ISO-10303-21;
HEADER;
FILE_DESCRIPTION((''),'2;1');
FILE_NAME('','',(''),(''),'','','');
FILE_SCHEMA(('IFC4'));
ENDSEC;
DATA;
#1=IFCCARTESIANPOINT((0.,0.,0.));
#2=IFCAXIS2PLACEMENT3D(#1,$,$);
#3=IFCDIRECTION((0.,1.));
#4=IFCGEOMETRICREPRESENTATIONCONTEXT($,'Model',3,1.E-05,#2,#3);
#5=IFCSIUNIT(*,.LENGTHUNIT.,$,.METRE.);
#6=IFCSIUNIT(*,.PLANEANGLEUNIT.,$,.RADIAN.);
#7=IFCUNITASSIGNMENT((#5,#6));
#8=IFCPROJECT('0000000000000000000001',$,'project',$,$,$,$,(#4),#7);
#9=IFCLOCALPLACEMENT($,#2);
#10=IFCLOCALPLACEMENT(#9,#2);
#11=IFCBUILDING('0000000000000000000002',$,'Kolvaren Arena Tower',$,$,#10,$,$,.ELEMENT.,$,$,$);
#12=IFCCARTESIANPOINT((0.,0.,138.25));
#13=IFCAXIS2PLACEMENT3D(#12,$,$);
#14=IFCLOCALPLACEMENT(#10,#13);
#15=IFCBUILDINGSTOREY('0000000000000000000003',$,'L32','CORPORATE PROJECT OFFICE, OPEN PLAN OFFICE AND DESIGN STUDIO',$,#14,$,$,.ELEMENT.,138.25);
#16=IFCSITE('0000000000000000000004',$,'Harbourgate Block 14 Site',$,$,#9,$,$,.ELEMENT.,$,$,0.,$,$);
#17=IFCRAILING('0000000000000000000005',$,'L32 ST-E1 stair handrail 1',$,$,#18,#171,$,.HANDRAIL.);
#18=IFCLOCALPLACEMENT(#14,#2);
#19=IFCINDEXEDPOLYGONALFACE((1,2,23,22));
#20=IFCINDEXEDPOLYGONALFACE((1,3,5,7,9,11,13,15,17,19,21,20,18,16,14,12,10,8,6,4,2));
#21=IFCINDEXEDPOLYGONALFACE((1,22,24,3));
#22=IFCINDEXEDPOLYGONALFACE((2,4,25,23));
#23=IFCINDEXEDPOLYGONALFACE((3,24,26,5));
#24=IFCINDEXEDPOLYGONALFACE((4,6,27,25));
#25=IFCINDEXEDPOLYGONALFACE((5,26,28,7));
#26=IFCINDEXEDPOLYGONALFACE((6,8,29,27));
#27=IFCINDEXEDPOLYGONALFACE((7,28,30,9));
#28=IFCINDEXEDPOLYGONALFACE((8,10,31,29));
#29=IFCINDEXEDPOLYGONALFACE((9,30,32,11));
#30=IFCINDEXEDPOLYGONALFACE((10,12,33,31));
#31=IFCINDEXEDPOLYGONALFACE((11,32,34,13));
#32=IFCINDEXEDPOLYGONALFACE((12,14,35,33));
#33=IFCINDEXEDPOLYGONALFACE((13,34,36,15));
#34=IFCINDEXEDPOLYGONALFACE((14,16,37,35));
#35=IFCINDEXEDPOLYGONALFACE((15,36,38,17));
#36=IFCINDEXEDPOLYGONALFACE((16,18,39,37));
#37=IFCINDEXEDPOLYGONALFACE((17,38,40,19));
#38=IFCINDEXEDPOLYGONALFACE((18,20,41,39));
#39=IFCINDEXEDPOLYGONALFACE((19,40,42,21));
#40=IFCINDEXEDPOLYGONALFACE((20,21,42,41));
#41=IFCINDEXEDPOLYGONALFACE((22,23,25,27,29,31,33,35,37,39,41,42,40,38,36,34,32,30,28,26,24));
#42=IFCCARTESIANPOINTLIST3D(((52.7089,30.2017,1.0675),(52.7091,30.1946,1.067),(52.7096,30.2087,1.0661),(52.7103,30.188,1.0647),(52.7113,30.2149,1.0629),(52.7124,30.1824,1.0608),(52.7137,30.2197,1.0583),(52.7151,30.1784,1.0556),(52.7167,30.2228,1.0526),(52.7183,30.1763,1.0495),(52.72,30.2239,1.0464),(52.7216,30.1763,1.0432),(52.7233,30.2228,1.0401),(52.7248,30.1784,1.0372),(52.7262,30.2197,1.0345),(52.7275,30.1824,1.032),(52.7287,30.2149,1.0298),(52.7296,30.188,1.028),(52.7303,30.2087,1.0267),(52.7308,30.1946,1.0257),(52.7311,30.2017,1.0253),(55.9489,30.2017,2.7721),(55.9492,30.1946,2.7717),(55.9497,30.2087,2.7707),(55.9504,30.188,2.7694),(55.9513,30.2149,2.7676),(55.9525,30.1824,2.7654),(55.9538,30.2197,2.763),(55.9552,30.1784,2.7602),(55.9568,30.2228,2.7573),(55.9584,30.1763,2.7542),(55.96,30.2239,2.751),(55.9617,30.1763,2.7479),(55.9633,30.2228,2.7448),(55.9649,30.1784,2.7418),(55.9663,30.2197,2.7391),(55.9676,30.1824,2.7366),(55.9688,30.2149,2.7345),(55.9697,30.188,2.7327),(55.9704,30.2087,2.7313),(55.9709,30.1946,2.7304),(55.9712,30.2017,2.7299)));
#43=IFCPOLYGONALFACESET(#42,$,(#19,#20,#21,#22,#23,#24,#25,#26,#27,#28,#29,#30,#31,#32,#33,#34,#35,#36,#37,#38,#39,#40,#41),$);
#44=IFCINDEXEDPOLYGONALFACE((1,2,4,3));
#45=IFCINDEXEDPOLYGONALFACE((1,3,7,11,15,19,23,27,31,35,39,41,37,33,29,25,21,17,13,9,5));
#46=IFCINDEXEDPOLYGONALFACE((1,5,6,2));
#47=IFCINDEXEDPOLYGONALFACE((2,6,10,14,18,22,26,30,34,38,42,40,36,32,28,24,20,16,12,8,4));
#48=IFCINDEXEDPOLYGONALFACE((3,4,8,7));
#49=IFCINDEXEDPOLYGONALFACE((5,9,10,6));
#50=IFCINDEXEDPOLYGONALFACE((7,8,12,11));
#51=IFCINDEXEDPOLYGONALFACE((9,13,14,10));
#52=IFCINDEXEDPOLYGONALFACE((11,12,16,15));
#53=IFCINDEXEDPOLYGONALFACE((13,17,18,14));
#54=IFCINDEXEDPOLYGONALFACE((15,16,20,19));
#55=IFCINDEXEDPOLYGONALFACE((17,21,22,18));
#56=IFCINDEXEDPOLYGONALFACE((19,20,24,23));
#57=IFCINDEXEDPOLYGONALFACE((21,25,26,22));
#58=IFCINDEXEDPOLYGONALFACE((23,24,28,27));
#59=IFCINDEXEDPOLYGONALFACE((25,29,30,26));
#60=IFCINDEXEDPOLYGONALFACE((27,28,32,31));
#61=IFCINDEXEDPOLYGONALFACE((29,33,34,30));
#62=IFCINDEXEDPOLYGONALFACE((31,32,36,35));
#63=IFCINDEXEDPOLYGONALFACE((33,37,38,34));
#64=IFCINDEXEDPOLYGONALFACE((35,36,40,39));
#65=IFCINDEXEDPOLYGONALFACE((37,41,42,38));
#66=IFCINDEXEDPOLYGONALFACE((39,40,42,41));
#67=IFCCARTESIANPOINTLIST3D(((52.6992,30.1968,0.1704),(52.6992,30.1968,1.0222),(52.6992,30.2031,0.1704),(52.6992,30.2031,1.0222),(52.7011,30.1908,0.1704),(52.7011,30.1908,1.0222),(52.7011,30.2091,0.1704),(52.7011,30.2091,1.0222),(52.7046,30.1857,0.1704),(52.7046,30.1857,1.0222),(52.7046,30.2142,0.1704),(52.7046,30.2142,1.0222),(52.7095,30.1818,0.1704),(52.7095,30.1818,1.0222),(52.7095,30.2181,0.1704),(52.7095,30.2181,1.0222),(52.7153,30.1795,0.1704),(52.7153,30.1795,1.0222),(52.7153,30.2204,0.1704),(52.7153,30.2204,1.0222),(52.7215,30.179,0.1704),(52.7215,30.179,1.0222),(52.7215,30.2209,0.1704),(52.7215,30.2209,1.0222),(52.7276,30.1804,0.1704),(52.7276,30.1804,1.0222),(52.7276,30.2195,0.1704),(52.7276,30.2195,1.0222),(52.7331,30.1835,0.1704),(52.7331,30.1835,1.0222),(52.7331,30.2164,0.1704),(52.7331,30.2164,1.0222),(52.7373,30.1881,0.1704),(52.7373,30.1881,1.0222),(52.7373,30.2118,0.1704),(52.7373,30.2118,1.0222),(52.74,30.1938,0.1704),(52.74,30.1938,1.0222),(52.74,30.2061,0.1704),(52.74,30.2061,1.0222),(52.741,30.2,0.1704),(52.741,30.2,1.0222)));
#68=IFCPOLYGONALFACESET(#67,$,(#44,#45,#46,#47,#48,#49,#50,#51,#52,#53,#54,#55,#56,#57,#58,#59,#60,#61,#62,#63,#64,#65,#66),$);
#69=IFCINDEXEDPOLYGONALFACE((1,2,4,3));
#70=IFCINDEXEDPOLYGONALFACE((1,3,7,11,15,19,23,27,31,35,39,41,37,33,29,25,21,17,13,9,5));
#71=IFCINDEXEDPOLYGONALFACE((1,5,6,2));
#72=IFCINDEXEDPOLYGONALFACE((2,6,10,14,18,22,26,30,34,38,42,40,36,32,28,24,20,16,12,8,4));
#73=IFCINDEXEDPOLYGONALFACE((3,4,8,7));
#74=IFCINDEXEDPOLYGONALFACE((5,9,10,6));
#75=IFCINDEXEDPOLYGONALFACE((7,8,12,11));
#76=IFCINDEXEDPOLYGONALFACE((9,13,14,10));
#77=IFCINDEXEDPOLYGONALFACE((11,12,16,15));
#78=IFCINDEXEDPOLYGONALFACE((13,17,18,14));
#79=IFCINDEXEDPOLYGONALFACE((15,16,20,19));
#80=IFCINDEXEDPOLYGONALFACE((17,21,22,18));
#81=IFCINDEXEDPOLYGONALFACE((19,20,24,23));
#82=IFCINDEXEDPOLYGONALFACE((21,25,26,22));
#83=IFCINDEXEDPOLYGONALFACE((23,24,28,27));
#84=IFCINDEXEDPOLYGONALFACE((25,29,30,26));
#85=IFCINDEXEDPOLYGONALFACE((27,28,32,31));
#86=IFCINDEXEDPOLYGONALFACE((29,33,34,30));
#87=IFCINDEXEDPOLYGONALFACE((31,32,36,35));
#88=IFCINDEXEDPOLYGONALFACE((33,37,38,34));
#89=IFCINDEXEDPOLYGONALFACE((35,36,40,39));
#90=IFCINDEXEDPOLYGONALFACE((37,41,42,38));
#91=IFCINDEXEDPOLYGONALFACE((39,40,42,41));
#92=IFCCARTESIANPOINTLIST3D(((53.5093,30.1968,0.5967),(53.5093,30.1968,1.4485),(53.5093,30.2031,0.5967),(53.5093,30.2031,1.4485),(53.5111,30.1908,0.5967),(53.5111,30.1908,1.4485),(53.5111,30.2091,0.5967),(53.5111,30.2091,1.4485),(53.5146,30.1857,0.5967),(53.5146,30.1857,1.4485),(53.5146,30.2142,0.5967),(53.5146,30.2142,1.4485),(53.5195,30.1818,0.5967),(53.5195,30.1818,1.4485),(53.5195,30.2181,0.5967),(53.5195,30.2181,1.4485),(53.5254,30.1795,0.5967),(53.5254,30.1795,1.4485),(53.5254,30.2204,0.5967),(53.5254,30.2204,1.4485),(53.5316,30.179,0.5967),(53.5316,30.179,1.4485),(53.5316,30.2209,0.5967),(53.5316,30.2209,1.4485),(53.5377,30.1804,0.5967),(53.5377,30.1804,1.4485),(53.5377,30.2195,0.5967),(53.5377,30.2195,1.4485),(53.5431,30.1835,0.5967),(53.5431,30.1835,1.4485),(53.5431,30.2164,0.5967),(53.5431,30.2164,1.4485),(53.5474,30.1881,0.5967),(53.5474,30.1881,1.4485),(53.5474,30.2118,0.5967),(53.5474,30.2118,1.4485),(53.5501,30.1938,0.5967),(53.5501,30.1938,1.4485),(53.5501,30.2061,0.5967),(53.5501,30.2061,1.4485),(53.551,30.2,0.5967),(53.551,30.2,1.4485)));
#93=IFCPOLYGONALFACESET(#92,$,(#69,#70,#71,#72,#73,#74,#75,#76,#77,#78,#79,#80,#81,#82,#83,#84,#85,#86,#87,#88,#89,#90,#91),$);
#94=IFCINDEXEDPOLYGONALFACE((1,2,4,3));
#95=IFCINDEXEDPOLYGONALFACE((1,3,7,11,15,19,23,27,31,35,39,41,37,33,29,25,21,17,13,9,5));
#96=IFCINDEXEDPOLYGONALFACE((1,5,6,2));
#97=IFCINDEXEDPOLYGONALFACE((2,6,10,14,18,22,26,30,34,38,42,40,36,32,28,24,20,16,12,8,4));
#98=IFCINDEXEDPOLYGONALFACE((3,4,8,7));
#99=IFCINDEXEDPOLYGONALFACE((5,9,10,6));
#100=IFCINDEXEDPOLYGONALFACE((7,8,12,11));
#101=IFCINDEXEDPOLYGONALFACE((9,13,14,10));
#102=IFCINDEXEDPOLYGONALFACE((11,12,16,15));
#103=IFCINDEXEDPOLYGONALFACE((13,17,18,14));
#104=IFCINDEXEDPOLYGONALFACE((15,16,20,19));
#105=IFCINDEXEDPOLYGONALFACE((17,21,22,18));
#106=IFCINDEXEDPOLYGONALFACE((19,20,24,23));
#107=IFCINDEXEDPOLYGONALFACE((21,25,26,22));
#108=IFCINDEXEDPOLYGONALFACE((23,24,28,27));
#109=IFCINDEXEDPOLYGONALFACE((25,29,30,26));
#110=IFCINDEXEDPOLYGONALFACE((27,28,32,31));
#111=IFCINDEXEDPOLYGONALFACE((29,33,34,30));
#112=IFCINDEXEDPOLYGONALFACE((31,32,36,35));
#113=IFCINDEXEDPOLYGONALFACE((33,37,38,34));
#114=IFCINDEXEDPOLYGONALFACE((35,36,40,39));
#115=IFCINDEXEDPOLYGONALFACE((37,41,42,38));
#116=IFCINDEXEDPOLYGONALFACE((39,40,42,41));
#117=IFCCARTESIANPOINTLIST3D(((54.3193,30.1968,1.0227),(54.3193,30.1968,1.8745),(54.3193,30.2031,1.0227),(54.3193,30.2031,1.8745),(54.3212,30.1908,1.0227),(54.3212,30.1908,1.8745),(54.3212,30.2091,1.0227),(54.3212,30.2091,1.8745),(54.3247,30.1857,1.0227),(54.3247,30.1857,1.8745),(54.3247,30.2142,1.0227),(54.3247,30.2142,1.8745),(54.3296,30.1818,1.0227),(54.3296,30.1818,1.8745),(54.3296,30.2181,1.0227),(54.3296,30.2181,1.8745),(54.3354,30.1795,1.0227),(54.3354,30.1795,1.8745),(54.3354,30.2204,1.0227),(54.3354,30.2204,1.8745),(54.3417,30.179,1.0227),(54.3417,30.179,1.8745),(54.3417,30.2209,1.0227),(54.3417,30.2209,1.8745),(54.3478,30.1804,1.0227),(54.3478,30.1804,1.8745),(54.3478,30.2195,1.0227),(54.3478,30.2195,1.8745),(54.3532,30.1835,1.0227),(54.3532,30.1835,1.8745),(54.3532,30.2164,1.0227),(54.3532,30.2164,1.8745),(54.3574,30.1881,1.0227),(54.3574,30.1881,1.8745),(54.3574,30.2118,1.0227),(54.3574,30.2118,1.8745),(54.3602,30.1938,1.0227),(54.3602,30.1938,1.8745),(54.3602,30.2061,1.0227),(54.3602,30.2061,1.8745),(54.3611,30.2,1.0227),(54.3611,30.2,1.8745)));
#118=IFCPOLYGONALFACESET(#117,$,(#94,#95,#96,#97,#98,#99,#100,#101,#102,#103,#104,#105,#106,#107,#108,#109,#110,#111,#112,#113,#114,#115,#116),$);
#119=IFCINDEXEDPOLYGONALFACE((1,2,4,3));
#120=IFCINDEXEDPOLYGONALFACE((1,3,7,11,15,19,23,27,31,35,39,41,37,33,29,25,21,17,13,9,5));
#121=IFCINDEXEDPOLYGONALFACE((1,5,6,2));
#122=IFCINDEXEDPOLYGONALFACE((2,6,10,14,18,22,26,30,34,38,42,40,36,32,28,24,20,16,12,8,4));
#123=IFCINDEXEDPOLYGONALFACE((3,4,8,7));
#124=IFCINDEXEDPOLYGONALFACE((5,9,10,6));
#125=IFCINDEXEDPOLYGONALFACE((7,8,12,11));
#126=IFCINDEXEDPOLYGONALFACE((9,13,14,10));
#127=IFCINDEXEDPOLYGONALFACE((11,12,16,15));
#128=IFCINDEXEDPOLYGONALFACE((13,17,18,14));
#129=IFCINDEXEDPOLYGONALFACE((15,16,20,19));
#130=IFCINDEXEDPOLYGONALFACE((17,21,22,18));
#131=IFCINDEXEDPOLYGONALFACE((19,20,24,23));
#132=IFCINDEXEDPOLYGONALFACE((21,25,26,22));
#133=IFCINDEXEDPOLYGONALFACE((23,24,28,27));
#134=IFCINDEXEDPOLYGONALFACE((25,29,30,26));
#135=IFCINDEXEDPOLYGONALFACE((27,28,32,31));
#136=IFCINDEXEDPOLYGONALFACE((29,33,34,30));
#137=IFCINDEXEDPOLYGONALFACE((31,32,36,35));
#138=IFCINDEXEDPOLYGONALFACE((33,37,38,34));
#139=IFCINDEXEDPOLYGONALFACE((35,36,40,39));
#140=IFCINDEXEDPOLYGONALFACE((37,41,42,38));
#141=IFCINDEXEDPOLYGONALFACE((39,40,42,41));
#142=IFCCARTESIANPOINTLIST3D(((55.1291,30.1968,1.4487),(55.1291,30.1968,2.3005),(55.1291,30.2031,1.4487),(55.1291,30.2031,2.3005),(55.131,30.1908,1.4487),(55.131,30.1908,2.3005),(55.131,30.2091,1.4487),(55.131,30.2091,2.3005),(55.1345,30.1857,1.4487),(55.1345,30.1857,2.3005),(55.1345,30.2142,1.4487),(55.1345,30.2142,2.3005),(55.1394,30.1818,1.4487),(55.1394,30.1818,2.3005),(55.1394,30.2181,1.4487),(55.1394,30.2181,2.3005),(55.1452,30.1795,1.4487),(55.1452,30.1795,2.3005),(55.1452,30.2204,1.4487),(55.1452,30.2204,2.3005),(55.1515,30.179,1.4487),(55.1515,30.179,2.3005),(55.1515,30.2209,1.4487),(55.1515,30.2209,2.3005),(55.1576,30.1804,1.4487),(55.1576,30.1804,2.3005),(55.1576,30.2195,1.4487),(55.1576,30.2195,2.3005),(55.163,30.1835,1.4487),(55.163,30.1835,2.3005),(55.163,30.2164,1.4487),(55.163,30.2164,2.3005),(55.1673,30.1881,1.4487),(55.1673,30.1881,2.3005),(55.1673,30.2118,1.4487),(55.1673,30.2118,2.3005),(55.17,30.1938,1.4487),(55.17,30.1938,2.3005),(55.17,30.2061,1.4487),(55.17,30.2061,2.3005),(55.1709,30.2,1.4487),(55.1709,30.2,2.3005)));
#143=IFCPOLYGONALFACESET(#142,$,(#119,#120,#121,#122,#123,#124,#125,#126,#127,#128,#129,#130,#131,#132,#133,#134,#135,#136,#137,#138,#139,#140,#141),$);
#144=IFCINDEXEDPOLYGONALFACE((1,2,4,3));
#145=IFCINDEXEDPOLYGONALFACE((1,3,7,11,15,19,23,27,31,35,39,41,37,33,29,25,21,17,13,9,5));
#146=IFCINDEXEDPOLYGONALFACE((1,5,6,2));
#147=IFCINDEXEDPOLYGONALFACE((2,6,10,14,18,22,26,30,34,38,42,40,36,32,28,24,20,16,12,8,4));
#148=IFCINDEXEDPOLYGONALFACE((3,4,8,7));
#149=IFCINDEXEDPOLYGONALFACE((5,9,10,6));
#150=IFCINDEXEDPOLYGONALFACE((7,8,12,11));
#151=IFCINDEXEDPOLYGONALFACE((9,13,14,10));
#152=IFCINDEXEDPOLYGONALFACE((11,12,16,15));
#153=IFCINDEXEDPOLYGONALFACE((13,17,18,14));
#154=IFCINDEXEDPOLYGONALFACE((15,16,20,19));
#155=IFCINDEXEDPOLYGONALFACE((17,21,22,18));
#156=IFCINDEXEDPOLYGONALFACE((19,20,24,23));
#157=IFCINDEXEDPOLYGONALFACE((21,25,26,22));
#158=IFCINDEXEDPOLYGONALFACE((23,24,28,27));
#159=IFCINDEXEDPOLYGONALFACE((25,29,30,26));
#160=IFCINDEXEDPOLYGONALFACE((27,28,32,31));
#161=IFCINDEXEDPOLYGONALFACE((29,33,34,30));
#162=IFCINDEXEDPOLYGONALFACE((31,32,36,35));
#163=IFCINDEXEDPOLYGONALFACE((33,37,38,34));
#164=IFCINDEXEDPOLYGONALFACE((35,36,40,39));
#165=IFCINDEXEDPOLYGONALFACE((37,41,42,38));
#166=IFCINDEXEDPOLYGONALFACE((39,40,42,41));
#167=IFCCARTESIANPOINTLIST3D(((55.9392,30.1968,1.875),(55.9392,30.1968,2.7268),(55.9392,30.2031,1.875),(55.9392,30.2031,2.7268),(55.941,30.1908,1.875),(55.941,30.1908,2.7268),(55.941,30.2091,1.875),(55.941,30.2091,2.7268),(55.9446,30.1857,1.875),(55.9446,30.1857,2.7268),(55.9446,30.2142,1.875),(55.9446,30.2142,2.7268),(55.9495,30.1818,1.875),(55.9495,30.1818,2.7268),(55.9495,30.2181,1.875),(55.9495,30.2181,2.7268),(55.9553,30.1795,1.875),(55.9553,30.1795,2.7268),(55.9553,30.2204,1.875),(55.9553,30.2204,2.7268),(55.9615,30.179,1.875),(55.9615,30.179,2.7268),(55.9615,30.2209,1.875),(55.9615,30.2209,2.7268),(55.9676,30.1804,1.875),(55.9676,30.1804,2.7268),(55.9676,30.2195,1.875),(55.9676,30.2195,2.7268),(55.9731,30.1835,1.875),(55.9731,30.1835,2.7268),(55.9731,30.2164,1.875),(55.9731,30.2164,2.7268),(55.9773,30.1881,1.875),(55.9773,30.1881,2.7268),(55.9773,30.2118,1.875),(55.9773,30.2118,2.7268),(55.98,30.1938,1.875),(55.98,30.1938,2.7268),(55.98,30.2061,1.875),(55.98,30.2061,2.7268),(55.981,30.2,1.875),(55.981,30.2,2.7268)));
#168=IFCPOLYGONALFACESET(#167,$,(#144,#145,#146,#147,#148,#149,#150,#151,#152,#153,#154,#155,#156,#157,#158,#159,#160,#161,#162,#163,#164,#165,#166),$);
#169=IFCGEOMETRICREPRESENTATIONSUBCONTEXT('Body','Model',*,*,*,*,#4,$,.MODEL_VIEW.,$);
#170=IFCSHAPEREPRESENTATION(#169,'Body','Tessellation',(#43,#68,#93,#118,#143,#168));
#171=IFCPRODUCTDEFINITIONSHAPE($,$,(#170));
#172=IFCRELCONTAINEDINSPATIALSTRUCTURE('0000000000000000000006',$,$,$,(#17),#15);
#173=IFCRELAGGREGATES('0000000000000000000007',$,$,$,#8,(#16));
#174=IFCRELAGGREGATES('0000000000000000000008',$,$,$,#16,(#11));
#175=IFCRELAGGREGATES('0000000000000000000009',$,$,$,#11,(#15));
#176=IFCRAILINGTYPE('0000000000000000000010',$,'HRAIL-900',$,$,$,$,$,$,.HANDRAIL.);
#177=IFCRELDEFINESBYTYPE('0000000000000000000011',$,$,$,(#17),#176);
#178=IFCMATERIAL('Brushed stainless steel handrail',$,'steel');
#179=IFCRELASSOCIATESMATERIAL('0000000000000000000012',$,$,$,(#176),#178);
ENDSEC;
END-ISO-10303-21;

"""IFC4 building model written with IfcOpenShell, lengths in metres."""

from ifc_helpers import new_model, si_unit, direction, frame, origin, origin_2d, place, context, subcontext, project, spatial, circle, extrude, material, type_object, element, save


model = new_model("IFC4")

# Units and contexts
model_context = context("Model", 3, precision=1e-05, world=origin(), true_north=direction((0.0, 1.0)))
body_context = subcontext(model_context, "Body", "Model", "MODEL_VIEW")
ifc_project = project(units=[si_unit("LENGTHUNIT", "METRE"), si_unit("PLANEANGLEUNIT", "RADIAN")], contexts=[model_context])

# Site, building, storey
site_placement = place(None, origin())
site = spatial("IfcSite", under=ifc_project, at=site_placement, Name="Harbourgate Block 14 Site", CompositionType="ELEMENT", RefElevation=0.0)
building_placement = place(site_placement, origin())
building = spatial("IfcBuilding", under=site, at=building_placement, Name="Kolvaren Arena Tower", CompositionType="ELEMENT")
storey_placement = place(building_placement, frame((0.0, 0.0, 138.25)))
storey = spatial("IfcBuildingStorey", under=building, at=storey_placement, Name="L32", Description="CORPORATE PROJECT OFFICE, OPEN PLAN OFFICE AND DESIGN STUDIO", CompositionType="ELEMENT", Elevation=138.25)

# Railing
ifc_material_1 = material(Name="Brushed stainless steel handrail", Category="steel")
railing_type_1 = type_object("IfcRailingType", Name="HRAIL-900", PredefinedType="HANDRAIL", material=ifc_material_1)
for number, where, name in (
    (1, (52.72, 30.2, 0.1704), "L32 ST-E1 stair handrail 1"),
):
    element("IfcRailing", number, at=place(storey_placement, frame(where)), inside=storey, type_object=railing_type_1, Name=name, PredefinedType="HANDRAIL", context=body_context, shape_type="SweptSolid", body=[
        extrude(circle(Radius=0.0239, at=origin_2d()), frame((0.0, 0.0, 0.876), z_axis=(0.884993, 0.0, 0.465604), x_axis=(0.0, 1.0, 0.0)), (0.0, 0.0, 1.0), 3.6611),
        extrude(circle(Radius=0.021, at=origin_2d()), origin(), (0.0, 0.0, 1.0), 0.8518),
        extrude(circle(Radius=0.021, at=origin_2d()), frame((0.8101, 0.0, 0.4263)), (0.0, 0.0, 1.0), 0.8518),
        extrude(circle(Radius=0.021, at=origin_2d()), frame((1.6201, 0.0, 0.8523)), (0.0, 0.0, 1.0), 0.8518),
        extrude(circle(Radius=0.021, at=origin_2d()), frame((2.4299, 0.0, 1.2783)), (0.0, 0.0, 1.0), 0.8518),
        extrude(circle(Radius=0.021, at=origin_2d()), frame((3.24, 0.0, 1.7046)), (0.0, 0.0, 1.0), 0.8518),
    ])

save(model, "model.ifc")
